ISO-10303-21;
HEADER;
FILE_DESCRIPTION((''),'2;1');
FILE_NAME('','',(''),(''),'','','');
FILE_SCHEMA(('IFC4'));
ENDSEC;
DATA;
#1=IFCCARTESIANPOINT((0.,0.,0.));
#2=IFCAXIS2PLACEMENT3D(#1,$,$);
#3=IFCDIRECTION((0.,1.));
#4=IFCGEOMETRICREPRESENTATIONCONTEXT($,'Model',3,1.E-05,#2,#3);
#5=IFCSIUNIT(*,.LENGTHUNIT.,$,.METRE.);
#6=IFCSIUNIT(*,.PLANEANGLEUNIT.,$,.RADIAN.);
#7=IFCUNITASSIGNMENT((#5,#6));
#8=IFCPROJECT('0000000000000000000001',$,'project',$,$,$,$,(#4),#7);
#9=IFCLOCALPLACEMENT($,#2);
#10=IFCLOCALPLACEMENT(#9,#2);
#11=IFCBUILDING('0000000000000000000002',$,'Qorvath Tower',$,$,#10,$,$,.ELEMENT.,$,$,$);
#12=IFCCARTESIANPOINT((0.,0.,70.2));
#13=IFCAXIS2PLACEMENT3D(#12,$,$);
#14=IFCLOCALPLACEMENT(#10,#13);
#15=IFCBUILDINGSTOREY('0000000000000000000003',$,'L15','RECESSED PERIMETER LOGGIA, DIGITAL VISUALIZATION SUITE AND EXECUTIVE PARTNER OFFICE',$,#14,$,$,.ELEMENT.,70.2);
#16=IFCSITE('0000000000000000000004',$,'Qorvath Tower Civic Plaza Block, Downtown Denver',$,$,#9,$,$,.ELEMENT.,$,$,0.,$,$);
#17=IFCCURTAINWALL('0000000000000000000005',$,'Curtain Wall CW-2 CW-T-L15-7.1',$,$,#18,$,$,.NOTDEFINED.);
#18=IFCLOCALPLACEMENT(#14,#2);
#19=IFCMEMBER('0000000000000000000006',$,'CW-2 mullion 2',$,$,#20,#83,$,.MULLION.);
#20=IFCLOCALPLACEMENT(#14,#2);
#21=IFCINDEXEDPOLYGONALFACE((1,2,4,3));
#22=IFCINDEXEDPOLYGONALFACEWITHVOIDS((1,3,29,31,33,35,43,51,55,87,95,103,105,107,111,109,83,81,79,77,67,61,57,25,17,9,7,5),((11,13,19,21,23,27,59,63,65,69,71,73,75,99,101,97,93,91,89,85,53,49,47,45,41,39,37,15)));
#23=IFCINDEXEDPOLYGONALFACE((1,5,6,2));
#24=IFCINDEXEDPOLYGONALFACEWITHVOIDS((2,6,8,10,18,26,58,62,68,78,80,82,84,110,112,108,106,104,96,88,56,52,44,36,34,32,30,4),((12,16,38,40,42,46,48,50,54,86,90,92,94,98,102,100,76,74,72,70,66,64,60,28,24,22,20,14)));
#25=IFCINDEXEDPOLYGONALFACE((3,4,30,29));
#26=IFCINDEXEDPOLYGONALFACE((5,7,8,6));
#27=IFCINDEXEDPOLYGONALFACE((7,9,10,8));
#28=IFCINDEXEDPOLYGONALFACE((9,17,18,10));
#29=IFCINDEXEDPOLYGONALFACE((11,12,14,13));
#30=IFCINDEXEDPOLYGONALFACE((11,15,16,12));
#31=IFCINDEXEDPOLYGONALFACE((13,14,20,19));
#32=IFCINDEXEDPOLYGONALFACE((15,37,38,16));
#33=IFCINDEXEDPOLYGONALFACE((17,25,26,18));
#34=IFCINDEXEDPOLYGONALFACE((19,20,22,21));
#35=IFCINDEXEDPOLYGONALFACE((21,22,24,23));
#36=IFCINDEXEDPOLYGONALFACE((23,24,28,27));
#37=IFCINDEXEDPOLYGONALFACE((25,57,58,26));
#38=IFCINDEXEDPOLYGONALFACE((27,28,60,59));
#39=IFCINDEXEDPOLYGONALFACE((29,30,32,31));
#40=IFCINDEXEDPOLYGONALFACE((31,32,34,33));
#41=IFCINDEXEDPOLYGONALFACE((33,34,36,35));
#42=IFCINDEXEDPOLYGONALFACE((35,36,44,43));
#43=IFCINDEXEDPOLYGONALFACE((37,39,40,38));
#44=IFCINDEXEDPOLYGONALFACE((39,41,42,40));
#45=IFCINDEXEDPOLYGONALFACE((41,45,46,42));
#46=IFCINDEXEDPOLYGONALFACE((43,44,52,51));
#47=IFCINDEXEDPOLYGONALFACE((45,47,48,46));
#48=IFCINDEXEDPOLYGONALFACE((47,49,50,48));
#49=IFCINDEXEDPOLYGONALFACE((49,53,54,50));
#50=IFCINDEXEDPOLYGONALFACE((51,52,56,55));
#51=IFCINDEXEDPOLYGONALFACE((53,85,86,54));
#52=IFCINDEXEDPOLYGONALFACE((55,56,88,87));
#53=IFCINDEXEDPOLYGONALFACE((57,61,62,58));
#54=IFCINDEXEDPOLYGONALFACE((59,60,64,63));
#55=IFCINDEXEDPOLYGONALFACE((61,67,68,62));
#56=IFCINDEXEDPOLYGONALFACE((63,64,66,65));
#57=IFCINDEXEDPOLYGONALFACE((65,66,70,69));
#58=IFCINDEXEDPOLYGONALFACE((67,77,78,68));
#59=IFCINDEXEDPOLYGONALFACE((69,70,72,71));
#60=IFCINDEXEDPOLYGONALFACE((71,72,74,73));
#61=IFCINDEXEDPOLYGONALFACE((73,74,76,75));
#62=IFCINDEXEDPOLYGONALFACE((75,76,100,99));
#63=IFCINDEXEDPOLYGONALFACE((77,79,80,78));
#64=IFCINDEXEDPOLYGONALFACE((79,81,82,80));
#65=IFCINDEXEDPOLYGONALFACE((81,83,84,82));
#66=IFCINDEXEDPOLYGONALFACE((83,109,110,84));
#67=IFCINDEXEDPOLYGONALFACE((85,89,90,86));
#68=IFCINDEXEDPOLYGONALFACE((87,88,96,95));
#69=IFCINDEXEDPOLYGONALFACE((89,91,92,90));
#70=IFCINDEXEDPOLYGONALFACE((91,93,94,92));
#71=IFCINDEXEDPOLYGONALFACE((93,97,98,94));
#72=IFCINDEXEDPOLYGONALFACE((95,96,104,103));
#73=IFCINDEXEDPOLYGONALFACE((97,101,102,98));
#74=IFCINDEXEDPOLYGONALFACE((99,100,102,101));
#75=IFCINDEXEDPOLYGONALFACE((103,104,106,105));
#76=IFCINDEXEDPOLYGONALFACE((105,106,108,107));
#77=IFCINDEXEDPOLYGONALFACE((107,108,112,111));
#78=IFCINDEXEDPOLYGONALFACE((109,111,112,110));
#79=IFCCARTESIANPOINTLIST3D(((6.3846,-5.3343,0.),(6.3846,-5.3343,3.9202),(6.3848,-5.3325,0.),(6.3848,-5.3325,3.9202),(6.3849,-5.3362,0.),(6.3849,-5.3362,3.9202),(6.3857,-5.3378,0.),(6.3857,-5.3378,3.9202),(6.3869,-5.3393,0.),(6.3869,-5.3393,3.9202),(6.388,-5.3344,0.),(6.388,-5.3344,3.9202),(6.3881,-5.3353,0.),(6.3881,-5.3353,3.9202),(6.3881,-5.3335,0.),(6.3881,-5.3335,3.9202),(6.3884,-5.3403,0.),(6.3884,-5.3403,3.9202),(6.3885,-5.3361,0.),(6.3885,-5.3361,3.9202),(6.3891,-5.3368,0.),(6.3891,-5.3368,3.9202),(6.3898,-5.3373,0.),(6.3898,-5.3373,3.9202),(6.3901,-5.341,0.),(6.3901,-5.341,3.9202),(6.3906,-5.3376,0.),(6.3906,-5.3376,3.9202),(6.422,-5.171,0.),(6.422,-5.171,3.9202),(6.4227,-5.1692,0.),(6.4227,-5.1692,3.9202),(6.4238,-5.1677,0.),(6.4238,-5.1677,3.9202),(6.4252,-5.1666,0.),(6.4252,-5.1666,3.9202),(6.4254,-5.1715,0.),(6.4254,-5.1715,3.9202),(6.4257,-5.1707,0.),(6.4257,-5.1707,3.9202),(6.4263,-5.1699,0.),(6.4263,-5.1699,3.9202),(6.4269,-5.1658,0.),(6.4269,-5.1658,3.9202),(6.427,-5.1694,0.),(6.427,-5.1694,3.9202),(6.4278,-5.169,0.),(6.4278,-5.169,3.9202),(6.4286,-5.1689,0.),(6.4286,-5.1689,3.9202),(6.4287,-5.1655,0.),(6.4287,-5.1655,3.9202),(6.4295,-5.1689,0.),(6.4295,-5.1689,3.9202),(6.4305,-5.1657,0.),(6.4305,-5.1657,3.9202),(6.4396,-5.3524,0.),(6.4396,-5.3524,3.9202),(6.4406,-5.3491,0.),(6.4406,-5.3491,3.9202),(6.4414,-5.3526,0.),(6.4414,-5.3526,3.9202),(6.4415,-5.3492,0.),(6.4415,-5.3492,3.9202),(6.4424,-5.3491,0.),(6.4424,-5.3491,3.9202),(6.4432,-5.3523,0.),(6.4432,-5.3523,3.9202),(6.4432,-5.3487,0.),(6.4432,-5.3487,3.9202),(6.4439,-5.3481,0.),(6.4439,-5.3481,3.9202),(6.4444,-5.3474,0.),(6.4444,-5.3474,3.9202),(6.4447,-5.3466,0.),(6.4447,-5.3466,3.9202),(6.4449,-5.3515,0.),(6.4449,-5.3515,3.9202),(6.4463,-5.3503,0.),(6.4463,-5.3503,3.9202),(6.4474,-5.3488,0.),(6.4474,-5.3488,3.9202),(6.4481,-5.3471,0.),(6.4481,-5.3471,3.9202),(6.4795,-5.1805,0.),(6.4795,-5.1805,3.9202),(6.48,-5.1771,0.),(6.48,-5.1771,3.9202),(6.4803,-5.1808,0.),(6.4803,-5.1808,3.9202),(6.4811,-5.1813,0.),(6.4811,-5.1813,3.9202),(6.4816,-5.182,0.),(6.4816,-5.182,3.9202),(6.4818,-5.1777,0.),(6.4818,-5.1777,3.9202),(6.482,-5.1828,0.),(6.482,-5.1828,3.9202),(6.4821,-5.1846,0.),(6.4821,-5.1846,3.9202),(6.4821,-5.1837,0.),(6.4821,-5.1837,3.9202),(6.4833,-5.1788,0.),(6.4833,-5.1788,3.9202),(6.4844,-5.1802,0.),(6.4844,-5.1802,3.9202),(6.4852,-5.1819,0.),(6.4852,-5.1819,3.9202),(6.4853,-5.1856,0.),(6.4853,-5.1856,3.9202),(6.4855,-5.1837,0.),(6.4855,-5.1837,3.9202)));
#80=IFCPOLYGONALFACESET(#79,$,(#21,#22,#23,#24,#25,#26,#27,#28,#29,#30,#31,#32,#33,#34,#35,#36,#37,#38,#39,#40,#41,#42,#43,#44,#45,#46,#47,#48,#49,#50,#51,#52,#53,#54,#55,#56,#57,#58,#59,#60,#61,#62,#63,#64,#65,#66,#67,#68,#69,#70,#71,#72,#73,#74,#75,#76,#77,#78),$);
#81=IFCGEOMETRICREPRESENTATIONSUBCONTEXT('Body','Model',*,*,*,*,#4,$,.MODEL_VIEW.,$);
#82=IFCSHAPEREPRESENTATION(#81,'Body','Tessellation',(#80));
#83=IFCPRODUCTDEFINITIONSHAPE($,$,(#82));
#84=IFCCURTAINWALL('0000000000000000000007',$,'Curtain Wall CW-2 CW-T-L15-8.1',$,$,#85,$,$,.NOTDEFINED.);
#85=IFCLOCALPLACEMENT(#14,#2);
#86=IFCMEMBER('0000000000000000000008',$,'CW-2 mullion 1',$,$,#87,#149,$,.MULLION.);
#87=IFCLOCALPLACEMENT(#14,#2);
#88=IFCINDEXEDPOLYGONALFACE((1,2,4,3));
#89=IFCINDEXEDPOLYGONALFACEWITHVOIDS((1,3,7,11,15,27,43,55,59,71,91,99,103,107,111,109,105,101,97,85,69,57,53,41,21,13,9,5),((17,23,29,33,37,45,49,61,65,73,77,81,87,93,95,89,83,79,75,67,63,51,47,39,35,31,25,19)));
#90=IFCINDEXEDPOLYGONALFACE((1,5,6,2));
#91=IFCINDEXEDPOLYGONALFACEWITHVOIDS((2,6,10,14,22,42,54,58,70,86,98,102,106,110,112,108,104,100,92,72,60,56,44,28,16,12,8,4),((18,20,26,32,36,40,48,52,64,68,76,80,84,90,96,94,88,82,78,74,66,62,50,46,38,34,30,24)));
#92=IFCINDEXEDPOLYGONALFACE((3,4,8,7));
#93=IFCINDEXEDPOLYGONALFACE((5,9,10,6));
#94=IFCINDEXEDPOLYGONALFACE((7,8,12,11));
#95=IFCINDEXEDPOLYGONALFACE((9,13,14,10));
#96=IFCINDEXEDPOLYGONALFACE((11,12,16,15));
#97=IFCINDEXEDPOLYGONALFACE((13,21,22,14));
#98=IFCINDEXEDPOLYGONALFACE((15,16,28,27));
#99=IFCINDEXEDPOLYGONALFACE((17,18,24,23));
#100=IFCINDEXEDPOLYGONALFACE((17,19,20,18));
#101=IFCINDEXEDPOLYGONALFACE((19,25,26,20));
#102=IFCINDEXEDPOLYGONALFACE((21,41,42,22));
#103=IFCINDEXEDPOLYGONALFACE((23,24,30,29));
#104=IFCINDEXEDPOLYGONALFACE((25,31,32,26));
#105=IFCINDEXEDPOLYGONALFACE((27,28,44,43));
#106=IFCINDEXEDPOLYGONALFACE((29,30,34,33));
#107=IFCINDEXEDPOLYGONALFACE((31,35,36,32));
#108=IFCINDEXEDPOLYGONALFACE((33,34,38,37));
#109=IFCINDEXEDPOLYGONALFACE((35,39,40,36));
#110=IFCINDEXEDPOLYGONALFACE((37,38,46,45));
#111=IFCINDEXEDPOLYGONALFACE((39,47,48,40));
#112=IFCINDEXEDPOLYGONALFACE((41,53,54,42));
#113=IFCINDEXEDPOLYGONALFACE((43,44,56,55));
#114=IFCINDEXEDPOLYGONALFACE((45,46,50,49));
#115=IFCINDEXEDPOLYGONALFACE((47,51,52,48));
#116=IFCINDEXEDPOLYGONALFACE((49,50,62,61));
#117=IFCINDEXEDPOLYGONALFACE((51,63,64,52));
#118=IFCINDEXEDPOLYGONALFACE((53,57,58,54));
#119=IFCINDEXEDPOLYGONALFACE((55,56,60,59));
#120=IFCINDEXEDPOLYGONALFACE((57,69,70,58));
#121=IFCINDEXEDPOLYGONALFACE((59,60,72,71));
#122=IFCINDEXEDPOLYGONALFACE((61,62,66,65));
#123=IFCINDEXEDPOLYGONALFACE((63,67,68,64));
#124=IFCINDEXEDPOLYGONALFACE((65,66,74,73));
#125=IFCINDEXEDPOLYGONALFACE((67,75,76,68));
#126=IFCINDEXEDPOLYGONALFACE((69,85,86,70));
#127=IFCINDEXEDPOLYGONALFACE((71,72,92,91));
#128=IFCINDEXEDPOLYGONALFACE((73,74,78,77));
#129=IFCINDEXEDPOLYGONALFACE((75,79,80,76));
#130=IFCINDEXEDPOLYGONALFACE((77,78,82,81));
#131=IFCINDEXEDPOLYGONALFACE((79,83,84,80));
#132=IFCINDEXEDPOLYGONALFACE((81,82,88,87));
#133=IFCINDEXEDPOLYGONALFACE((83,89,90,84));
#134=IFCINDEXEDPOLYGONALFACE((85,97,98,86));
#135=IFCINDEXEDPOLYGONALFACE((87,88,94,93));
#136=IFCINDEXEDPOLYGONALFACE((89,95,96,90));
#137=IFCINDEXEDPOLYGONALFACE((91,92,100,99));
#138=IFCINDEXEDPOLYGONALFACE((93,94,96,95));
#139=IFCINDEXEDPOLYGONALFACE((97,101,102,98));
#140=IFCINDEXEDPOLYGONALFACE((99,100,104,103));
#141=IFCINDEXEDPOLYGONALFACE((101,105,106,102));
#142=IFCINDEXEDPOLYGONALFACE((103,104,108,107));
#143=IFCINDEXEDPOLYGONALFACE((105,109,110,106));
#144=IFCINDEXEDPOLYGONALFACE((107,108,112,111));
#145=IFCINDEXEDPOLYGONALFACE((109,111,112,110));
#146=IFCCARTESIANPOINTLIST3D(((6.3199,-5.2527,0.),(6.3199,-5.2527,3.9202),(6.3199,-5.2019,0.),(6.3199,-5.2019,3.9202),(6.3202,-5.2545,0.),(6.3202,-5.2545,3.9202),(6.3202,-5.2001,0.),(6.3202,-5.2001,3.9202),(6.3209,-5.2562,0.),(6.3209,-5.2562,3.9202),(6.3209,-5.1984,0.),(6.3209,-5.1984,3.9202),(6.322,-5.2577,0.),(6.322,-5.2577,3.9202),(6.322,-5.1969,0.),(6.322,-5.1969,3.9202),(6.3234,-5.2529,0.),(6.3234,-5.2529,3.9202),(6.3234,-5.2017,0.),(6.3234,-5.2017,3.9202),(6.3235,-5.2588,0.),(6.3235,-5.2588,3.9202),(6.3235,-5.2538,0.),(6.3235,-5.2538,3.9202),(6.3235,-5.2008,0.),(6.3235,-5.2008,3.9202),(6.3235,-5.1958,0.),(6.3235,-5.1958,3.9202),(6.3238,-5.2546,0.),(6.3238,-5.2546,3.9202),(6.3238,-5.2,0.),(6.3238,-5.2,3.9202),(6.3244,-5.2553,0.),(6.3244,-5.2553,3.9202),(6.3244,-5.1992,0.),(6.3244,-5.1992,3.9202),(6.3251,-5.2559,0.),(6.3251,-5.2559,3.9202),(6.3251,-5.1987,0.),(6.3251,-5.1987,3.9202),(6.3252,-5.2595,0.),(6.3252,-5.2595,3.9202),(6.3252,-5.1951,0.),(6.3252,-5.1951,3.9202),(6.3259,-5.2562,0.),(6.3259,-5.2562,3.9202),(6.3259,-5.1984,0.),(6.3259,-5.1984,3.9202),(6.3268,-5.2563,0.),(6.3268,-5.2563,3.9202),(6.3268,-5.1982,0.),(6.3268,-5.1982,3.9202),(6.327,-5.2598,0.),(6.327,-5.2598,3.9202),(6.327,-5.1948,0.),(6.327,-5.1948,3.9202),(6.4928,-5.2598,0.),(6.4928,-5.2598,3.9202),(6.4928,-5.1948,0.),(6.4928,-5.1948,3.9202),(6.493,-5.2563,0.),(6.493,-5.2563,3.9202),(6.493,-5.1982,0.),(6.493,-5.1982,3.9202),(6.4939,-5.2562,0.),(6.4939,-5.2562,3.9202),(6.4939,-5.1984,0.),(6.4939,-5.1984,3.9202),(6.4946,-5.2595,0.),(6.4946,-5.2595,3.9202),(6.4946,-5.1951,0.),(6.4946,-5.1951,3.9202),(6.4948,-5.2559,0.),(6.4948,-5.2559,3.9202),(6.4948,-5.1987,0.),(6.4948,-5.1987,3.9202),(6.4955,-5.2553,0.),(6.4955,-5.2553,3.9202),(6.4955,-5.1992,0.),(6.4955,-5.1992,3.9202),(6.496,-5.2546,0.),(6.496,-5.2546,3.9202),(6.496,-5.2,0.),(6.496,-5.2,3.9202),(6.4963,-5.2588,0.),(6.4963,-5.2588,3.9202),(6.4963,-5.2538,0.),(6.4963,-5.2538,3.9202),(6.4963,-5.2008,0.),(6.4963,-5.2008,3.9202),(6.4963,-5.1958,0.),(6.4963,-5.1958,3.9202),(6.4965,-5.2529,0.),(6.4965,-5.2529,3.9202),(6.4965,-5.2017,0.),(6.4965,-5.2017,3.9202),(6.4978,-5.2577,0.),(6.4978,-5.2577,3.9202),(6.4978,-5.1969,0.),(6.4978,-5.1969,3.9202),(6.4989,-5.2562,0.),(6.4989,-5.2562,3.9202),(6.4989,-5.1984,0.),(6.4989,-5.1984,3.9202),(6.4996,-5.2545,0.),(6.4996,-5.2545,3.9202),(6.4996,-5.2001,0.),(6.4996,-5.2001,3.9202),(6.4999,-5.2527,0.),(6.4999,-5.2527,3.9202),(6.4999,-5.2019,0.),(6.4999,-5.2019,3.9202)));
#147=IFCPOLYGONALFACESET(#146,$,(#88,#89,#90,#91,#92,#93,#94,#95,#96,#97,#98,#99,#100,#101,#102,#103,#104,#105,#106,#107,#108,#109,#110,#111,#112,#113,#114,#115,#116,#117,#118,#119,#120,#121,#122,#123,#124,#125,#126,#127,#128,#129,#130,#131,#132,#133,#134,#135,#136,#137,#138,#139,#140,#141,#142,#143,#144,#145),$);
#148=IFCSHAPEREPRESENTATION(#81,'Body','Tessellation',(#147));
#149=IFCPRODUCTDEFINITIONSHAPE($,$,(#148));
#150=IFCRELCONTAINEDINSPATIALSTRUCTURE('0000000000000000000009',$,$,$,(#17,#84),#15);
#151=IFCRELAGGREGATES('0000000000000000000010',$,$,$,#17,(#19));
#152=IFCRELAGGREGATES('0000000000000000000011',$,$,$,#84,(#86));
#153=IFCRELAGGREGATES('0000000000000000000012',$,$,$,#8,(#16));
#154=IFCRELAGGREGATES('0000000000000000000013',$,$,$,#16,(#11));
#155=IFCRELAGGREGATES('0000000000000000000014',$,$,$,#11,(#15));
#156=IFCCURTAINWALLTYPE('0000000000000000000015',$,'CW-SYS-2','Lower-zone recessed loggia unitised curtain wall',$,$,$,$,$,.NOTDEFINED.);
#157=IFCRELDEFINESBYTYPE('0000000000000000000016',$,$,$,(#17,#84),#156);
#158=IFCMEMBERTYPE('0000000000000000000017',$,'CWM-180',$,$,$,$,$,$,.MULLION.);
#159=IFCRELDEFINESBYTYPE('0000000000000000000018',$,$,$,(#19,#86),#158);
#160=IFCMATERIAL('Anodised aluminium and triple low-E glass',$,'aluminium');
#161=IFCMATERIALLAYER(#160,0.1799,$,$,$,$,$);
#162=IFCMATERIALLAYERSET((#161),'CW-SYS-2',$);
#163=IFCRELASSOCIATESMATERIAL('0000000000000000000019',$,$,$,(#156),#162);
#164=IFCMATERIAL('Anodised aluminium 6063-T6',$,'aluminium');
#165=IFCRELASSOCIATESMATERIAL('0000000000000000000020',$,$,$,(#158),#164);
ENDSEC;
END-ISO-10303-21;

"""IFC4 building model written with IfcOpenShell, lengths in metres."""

from ifc_helpers import new_model, si_unit, direction, frame, origin, origin_2d, place, context, subcontext, project, spatial, hollow_rectangle, extrude, material, layer, layer_set, material_profile, profile_set, type_object, element, aggregate, save


model = new_model("IFC4")

# Units and contexts
model_context = context("Model", 3, precision=1e-05, world=origin(), true_north=direction((0.0, 1.0)))
body_context = subcontext(model_context, "Body", "Model", "MODEL_VIEW")
ifc_project = project(units=[si_unit("LENGTHUNIT", "METRE"), si_unit("PLANEANGLEUNIT", "RADIAN")], contexts=[model_context])

# Site, building, storey
site_placement = place(None, origin())
site = spatial("IfcSite", under=ifc_project, at=site_placement, Name="Qorvath Tower Civic Plaza Block, Downtown Denver", CompositionType="ELEMENT", RefElevation=0.0)
building_placement = place(site_placement, origin())
building = spatial("IfcBuilding", under=site, at=building_placement, Name="Qorvath Tower", CompositionType="ELEMENT")
storey_placement = place(building_placement, frame((0.0, 0.0, 70.2)))
storey = spatial("IfcBuildingStorey", under=building, at=storey_placement, Name="L15", Description="RECESSED PERIMETER LOGGIA, DIGITAL VISUALIZATION SUITE AND EXECUTIVE PARTNER OFFICE", CompositionType="ELEMENT", Elevation=70.2)

# Shared definitions
ifc_material_1 = material(Name="Anodised aluminium and triple low-E glass", Category="aluminium")
ifc_layer_1 = layer(ifc_material_1, 0.1799)
ifc_layer_set_1 = layer_set([ifc_layer_1], Name="CW-SYS-2")
curtain_wall_type = type_object("IfcCurtainWallType", Name="CW-SYS-2", Description="Lower-zone recessed loggia unitised curtain wall", PredefinedType="NOTDEFINED", material=ifc_layer_set_1)
ifc_material_2 = material(Name="Anodised aluminium 6063-T6", Category="aluminium")
ifc_material_profile_1 = material_profile(ifc_material_2, hollow_rectangle(XDim=0.0649, YDim=0.1799, WallThickness=0.0034, InnerFilletRadius=0.0034, OuterFilletRadius=0.0071, at=origin_2d()), Name="CWM 180x65")
ifc_profile_set_1 = profile_set([ifc_material_profile_1], Name="Anodised aluminium 6063-T6")
member_type_1 = type_object("IfcMemberType", Name="CWM-180", PredefinedType="MULLION", material=ifc_profile_set_1)

# Curtain walls, members
curtain_wall_1_placement = place(storey_placement, origin())
curtain_wall_1 = element("IfcCurtainWall", 1, at=curtain_wall_1_placement, inside=storey, type_object=curtain_wall_type, Name="Curtain Wall CW-2 CW-T-L15-7.1", PredefinedType="NOTDEFINED")
member_1_placement = place(storey_placement, frame((6.4351, -5.259, 0.0), z_axis=(0.0, 0.0, 1.0), x_axis=(-0.974413, 0.224763, 0.0)))
member_1 = element("IfcMember", 2, at=member_1_placement, type_object=member_type_1, Name="CW-2 mullion 2", PredefinedType="MULLION", context=body_context, shape_type="SweptSolid", body=[
    extrude(hollow_rectangle(XDim=0.0649, YDim=0.1799, WallThickness=0.0034, InnerFilletRadius=0.0034, OuterFilletRadius=0.0071, at=origin_2d()), origin(), (0.0, 0.0, 1.0), 3.9202),
])
curtain_wall_2_placement = place(storey_placement, origin())
curtain_wall_2 = element("IfcCurtainWall", 3, at=curtain_wall_2_placement, inside=storey, type_object=curtain_wall_type, Name="Curtain Wall CW-2 CW-T-L15-8.1", PredefinedType="NOTDEFINED")
member_2_placement = place(storey_placement, frame((6.4099, -5.2273, 0.0), z_axis=(0.0, 0.0, 1.0), x_axis=(0.0, -1.0, 0.0)))
member_2 = element("IfcMember", 4, at=member_2_placement, type_object=member_type_1, Name="CW-2 mullion 1", PredefinedType="MULLION", context=body_context, shape_type="SweptSolid", body=[
    extrude(hollow_rectangle(XDim=0.0649, YDim=0.1799, WallThickness=0.0034, InnerFilletRadius=0.0034, OuterFilletRadius=0.0071, at=origin_2d()), origin(), (0.0, 0.0, 1.0), 3.9202),
])

aggregate(curtain_wall_1, [member_1])
aggregate(curtain_wall_2, [member_2])

save(model, "model.ifc")
